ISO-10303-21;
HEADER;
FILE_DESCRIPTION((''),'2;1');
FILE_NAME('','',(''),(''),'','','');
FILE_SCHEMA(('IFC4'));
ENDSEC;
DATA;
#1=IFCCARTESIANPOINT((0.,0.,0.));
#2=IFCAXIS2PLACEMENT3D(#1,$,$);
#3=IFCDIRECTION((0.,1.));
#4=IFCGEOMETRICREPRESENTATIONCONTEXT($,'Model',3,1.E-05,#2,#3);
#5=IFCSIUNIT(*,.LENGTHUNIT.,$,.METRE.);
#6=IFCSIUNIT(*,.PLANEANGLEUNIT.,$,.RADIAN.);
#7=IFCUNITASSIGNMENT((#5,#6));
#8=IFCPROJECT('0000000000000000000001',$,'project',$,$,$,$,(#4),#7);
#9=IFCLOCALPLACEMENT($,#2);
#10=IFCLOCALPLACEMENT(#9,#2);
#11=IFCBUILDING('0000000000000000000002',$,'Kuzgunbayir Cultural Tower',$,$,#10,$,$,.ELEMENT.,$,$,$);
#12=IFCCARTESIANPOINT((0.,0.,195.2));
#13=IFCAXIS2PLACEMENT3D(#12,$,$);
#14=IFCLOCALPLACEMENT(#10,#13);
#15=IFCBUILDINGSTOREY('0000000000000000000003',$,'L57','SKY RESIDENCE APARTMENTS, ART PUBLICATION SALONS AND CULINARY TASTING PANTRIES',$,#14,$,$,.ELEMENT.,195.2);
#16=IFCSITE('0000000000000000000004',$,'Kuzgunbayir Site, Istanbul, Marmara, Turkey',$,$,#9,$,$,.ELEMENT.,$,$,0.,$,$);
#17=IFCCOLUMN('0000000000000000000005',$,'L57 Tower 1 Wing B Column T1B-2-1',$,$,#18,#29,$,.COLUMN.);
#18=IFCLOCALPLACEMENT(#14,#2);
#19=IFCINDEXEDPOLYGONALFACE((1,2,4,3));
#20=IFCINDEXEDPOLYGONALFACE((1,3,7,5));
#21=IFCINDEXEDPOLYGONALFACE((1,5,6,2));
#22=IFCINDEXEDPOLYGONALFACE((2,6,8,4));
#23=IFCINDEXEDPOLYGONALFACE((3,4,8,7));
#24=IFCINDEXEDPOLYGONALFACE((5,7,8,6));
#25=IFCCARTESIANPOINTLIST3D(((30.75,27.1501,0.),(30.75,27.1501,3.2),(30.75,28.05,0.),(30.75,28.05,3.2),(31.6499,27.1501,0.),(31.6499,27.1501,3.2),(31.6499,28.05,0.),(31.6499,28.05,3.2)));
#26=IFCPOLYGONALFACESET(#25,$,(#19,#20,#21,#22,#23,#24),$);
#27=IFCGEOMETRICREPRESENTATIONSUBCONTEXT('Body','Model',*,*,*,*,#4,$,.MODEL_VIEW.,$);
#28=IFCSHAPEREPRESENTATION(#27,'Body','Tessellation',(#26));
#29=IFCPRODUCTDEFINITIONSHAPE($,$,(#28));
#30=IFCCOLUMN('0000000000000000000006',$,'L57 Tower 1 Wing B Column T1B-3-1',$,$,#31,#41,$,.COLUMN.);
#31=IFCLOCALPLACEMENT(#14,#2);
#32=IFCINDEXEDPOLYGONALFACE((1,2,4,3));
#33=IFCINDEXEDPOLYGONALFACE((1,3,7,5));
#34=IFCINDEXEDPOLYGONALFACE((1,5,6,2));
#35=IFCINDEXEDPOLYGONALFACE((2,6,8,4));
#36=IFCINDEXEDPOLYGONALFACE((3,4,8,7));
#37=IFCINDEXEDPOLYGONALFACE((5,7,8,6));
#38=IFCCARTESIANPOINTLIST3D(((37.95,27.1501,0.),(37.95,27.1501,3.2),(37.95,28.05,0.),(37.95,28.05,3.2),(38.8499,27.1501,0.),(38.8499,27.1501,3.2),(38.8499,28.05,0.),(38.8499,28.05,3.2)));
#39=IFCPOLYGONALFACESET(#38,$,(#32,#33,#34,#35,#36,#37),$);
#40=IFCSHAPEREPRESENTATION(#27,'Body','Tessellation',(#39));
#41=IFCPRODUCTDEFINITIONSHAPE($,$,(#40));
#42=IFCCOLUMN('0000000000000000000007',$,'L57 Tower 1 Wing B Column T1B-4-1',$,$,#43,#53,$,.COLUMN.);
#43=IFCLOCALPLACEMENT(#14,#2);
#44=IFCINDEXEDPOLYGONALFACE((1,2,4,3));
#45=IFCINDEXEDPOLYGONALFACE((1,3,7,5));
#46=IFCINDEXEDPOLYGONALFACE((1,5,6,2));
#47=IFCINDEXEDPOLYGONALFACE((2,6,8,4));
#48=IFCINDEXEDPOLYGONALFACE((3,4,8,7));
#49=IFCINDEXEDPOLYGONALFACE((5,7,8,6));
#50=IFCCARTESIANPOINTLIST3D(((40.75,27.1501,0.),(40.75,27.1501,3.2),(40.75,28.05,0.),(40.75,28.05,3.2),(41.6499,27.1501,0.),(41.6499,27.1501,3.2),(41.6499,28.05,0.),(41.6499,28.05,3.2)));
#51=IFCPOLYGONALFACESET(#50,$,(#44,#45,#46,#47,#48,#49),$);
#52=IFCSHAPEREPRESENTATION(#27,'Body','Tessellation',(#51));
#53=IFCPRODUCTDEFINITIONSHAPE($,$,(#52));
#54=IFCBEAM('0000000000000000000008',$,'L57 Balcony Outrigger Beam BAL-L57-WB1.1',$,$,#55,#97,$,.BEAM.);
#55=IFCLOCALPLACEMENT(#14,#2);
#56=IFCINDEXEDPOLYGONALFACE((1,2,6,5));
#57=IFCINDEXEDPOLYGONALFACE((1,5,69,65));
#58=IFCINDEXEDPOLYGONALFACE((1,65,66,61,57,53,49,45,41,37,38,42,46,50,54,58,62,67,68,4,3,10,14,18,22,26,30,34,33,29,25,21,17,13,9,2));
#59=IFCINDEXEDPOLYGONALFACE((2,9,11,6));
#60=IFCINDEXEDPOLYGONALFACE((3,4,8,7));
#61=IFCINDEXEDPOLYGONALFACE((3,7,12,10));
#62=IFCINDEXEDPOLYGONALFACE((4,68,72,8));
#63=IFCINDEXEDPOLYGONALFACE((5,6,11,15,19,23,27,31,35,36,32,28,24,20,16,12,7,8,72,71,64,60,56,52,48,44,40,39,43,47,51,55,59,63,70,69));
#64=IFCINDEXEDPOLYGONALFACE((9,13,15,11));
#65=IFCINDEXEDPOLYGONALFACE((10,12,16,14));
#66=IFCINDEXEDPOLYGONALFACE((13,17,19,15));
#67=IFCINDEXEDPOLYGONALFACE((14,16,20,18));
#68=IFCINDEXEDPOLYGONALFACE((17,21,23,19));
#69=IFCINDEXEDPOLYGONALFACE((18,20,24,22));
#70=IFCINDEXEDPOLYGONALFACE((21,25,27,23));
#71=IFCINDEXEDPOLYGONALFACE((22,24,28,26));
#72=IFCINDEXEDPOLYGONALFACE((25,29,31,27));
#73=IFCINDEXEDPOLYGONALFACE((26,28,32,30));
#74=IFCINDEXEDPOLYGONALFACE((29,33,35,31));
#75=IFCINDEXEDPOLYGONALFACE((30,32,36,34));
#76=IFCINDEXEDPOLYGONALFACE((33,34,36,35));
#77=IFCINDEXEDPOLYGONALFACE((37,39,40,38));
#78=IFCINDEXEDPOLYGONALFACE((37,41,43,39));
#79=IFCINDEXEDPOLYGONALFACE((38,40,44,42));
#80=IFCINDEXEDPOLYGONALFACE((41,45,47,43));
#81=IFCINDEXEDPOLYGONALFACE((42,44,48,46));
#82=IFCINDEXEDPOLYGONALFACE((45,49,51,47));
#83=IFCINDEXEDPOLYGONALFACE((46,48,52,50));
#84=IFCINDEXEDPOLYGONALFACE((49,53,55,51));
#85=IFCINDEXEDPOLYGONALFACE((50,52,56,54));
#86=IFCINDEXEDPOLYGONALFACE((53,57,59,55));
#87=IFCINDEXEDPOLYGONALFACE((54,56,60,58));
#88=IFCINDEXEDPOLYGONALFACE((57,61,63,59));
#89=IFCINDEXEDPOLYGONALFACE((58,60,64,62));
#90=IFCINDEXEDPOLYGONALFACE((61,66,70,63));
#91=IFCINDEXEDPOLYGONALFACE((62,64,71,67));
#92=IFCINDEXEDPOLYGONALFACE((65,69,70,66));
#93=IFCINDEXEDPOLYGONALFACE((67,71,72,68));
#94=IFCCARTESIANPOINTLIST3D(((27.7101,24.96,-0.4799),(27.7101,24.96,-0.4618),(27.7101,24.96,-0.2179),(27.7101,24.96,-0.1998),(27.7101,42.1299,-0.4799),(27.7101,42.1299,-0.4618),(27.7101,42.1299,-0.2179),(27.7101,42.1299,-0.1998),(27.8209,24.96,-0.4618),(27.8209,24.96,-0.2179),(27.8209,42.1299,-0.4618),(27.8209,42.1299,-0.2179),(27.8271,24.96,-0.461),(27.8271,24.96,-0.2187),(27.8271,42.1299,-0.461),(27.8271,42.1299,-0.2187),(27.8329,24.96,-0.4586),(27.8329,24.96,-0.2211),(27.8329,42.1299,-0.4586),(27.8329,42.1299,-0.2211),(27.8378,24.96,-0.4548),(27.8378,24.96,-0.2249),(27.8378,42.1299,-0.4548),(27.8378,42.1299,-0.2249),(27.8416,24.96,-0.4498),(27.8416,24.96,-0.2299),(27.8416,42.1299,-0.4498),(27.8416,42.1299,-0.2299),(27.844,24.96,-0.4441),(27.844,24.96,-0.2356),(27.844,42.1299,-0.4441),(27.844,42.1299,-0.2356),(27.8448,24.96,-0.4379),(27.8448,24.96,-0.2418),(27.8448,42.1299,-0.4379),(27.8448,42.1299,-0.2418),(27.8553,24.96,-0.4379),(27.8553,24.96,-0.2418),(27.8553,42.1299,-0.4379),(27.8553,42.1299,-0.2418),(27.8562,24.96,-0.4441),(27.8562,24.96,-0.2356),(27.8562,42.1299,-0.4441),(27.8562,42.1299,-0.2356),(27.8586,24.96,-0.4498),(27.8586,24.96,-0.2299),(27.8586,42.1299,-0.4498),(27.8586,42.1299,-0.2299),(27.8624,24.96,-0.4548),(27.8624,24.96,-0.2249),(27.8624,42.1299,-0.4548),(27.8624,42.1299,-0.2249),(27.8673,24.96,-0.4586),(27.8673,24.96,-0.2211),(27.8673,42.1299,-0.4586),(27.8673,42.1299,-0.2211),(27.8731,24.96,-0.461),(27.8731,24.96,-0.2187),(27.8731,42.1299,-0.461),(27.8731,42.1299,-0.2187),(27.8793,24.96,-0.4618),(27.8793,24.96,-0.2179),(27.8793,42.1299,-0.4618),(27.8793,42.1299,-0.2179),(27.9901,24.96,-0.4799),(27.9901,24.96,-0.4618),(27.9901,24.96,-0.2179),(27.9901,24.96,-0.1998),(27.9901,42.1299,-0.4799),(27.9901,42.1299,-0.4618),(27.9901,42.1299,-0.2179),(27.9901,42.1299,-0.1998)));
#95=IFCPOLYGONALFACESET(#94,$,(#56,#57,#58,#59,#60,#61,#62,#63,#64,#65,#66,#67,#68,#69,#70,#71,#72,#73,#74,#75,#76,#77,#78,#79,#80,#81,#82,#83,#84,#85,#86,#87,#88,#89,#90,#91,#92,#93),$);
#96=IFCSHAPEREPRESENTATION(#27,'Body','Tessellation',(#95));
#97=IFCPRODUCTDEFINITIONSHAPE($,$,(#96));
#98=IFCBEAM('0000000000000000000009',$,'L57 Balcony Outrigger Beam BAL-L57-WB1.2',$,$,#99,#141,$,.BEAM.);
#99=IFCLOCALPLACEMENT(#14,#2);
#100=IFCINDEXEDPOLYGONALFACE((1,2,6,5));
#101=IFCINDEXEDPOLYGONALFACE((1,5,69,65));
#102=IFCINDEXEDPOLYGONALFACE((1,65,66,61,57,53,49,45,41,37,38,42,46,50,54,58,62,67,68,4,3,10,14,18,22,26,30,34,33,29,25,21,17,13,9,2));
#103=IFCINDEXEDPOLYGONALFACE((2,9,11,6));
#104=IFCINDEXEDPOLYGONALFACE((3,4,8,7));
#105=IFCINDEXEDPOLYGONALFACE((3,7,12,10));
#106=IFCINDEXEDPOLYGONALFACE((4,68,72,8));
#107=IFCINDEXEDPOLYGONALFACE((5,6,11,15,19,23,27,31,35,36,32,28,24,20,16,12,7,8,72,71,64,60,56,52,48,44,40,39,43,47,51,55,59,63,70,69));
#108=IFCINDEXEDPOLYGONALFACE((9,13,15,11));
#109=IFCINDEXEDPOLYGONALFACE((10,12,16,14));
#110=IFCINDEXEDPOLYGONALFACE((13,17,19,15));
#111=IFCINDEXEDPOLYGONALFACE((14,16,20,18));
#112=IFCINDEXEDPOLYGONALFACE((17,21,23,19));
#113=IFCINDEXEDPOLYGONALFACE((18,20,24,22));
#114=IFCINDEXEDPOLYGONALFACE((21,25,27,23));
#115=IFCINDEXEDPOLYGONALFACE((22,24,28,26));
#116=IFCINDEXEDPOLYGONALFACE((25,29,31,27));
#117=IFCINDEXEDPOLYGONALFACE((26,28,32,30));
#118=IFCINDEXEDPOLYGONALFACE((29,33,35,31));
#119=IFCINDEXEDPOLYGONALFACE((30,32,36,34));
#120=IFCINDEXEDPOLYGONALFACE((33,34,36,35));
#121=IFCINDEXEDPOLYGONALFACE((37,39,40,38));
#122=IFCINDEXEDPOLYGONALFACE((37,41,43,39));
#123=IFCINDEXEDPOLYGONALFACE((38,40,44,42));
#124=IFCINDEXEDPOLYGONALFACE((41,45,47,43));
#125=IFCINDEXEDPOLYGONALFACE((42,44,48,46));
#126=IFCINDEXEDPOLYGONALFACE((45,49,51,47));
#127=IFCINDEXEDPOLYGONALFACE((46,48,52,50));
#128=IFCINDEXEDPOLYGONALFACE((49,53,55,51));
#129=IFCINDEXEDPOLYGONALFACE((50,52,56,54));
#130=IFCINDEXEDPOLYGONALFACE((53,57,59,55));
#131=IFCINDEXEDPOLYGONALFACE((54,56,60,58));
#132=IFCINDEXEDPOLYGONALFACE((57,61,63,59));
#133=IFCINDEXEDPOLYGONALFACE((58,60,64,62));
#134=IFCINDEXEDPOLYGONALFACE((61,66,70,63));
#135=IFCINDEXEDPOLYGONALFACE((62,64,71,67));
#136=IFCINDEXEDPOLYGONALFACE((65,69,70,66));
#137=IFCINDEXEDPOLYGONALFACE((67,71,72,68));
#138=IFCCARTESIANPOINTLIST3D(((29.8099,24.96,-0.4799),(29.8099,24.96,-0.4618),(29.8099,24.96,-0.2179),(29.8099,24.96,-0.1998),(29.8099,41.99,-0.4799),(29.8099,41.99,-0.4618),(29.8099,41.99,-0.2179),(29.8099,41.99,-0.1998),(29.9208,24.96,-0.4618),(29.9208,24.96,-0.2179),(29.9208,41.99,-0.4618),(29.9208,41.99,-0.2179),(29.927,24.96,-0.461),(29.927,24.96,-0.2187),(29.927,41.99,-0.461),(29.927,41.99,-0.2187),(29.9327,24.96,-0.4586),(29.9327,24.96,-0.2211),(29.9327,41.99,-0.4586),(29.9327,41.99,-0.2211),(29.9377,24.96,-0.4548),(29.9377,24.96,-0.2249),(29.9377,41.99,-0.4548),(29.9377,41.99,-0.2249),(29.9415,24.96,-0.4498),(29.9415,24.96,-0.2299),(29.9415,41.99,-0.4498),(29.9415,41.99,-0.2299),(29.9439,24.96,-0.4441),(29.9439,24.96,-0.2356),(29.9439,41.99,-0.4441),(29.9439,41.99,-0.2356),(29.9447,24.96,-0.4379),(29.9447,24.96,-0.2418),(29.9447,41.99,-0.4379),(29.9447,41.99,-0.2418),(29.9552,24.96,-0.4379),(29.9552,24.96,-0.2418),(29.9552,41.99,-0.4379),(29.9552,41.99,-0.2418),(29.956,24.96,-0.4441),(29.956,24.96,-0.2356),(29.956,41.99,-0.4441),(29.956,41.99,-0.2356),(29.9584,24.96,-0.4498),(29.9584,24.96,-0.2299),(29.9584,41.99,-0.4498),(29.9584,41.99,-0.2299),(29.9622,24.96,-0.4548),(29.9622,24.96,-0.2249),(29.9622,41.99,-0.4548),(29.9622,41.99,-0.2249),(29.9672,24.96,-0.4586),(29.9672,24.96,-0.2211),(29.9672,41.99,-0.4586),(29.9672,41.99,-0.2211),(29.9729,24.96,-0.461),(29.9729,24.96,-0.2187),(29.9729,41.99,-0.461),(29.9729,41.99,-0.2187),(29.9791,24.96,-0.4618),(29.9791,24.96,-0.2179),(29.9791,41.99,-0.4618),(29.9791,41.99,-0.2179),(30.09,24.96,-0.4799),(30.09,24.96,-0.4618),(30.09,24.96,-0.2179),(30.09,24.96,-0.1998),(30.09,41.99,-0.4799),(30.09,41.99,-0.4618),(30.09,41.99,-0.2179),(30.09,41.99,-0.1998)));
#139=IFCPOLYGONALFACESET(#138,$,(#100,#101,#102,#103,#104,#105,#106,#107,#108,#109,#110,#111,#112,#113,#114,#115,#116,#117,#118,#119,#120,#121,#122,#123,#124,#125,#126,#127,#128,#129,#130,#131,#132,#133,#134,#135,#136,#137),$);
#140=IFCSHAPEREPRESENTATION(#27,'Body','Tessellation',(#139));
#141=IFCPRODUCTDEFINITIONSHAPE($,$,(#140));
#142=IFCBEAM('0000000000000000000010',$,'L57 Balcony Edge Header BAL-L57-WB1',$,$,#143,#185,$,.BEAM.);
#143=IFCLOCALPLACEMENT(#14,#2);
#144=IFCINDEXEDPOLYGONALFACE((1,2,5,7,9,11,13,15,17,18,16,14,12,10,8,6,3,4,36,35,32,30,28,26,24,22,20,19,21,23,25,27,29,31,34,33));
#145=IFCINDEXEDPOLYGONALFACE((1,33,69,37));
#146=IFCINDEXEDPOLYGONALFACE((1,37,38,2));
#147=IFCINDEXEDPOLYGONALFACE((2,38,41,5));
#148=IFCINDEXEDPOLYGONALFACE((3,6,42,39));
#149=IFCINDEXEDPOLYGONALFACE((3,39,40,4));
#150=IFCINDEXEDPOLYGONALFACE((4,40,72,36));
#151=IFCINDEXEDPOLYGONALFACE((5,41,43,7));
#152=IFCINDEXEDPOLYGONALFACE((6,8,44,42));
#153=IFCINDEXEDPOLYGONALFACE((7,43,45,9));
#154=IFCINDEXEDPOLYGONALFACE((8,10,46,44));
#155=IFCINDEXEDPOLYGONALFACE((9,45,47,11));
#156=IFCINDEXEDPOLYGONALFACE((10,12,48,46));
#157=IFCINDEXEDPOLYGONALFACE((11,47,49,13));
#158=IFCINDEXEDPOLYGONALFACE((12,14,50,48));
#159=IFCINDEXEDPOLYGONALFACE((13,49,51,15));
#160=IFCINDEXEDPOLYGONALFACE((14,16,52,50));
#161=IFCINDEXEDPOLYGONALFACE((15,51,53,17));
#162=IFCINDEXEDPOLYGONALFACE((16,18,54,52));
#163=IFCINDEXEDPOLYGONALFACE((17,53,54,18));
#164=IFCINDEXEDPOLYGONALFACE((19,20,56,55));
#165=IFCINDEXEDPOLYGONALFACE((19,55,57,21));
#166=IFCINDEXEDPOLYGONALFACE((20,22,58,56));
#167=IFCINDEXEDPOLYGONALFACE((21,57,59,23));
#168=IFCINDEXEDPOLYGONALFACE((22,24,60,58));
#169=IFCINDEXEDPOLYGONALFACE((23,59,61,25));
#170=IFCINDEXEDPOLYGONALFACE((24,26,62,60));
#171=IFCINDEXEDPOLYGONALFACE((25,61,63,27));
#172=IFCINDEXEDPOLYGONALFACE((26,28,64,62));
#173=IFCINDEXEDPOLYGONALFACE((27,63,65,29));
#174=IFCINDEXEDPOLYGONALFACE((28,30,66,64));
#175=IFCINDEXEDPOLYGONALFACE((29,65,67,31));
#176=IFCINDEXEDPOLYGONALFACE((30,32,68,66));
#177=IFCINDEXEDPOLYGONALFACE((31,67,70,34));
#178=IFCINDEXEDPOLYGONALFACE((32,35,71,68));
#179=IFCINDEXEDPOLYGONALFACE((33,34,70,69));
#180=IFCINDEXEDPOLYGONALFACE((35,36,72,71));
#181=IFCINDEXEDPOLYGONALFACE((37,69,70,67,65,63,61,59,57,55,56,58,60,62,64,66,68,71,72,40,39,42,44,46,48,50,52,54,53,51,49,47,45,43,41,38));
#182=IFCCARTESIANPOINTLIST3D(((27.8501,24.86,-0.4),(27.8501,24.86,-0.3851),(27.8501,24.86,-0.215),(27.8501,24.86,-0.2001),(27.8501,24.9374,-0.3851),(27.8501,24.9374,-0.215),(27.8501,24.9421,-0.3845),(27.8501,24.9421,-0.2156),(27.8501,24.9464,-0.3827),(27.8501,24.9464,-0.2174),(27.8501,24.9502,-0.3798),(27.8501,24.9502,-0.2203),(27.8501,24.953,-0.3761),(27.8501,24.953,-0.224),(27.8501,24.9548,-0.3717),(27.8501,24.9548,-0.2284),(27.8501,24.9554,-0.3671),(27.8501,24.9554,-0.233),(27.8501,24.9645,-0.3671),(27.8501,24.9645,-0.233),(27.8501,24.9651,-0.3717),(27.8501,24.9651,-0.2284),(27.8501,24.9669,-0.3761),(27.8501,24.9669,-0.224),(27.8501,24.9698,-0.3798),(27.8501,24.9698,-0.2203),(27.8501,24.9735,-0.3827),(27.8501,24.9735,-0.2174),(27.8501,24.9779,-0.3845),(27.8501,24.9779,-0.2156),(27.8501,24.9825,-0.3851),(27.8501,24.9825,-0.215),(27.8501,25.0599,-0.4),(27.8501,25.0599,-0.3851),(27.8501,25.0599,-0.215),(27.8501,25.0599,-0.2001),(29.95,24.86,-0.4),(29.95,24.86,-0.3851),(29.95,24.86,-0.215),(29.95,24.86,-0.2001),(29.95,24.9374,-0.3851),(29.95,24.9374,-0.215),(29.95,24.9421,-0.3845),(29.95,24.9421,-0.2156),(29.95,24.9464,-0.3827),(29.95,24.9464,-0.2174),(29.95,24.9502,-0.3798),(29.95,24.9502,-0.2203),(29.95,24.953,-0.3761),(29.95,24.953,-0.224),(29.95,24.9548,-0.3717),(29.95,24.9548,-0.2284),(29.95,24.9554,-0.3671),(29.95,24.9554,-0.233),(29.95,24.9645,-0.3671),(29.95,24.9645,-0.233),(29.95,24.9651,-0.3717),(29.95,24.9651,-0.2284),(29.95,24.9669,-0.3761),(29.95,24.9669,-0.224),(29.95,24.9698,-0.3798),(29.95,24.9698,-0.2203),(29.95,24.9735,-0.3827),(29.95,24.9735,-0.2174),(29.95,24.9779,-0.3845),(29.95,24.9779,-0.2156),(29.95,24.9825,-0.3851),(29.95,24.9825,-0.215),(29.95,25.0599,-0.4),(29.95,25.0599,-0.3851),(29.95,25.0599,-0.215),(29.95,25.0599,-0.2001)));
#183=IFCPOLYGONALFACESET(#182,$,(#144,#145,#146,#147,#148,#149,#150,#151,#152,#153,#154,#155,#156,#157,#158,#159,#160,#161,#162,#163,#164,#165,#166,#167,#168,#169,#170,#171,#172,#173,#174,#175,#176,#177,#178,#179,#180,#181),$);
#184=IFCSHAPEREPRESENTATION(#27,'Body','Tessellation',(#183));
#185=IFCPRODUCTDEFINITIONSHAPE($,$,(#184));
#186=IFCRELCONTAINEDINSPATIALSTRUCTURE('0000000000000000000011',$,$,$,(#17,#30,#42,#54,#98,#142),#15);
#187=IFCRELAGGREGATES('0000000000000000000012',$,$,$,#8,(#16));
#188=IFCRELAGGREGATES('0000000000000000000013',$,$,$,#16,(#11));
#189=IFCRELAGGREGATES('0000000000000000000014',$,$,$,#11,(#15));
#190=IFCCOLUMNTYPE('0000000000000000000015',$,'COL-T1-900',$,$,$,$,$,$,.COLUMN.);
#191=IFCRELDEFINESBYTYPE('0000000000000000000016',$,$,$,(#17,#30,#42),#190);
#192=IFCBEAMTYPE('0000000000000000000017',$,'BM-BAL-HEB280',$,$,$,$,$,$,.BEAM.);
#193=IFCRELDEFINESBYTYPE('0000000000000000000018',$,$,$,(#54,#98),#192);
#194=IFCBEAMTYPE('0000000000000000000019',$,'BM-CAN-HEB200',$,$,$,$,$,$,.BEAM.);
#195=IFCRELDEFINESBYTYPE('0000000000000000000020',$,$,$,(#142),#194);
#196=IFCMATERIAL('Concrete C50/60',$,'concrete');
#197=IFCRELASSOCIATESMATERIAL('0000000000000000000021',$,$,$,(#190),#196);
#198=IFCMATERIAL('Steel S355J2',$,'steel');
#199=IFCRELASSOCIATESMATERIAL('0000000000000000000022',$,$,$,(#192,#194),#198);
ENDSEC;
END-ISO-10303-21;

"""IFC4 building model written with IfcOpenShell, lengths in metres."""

from ifc_helpers import new_model, si_unit, direction, frame, origin, origin_2d, place, context, subcontext, project, spatial, rectangle, i_section, extrude, material, material_profile, profile_set, type_object, element, save


model = new_model("IFC4")

# Units and contexts
model_context = context("Model", 3, precision=1e-05, world=origin(), true_north=direction((0.0, 1.0)))
body_context = subcontext(model_context, "Body", "Model", "MODEL_VIEW")
ifc_project = project(units=[si_unit("LENGTHUNIT", "METRE"), si_unit("PLANEANGLEUNIT", "RADIAN")], contexts=[model_context])

# Site, building, storey
site_placement = place(None, origin())
site = spatial("IfcSite", under=ifc_project, at=site_placement, Name="Kuzgunbayir Site, Istanbul, Marmara, Turkey", CompositionType="ELEMENT", RefElevation=0.0)
building_placement = place(site_placement, origin())
building = spatial("IfcBuilding", under=site, at=building_placement, Name="Kuzgunbayir Cultural Tower", CompositionType="ELEMENT")
storey_placement = place(building_placement, frame((0.0, 0.0, 195.2)))
storey = spatial("IfcBuildingStorey", under=building, at=storey_placement, Name="L57", Description="SKY RESIDENCE APARTMENTS, ART PUBLICATION SALONS AND CULINARY TASTING PANTRIES", CompositionType="ELEMENT", Elevation=195.2)

# Columns
ifc_material_1 = material(Name="Concrete C50/60", Category="concrete")
ifc_material_profile_1 = material_profile(ifc_material_1, rectangle(XDim=0.8999, YDim=0.8999, at=origin_2d()), Name="RC 900x900")
ifc_profile_set_1 = profile_set([ifc_material_profile_1], Name="Concrete C50/60")
column_type = type_object("IfcColumnType", Name="COL-T1-900", PredefinedType="COLUMN", material=ifc_profile_set_1)
for number, where, z_axis, x_axis, name in (
    (1, (31.2, 27.6001, 0.0), (0.0, 0.0, 1.0), (1.0, 0.0, 0.0), "L57 Tower 1 Wing B Column T1B-2-1"),
    (2, (38.3999, 27.6001, 0.0), (0.0, 0.0, 1.0), (1.0, 0.0, 0.0), "L57 Tower 1 Wing B Column T1B-3-1"),
    (3, (41.2, 27.6001, 0.0), (0.0, 0.0, 1.0), (1.0, 0.0, 0.0), "L57 Tower 1 Wing B Column T1B-4-1"),
):
    element("IfcColumn", number, at=place(storey_placement, frame(where, z_axis=z_axis, x_axis=x_axis)), inside=storey, type_object=column_type, Name=name, PredefinedType="COLUMN", context=body_context, shape_type="SweptSolid", body=[
        extrude(rectangle(XDim=0.8999, YDim=0.8999, at=origin_2d()), origin(), (0.0, 0.0, 1.0), 3.2),
    ])

# Beams
ifc_material_2 = material(Name="Steel S355J2", Category="steel")
ifc_material_profile_2 = material_profile(ifc_material_2, i_section(OverallWidth=0.28, OverallDepth=0.28, WebThickness=0.0105, FlangeThickness=0.0181, FilletRadius=0.0239, at=origin_2d()), Name="HEB 280")
ifc_profile_set_2 = profile_set([ifc_material_profile_2], Name="Steel S355J2")
beam_type_1 = type_object("IfcBeamType", Name="BM-BAL-HEB280", PredefinedType="BEAM", material=ifc_profile_set_2)
beam_1_placement = place(storey_placement, frame((27.8501, 24.96, -0.3398), z_axis=(0.0, 1.0, 0.0), x_axis=(-1.0, 0.0, 0.0)))
element("IfcBeam", 4, at=beam_1_placement, inside=storey, type_object=beam_type_1, Name="L57 Balcony Outrigger Beam BAL-L57-WB1.1", PredefinedType="BEAM", context=body_context, shape_type="SweptSolid", body=[
    extrude(i_section(OverallWidth=0.28, OverallDepth=0.28, WebThickness=0.0105, FlangeThickness=0.0181, FilletRadius=0.0239, at=origin_2d()), origin(), (0.0, 0.0, 1.0), 17.1699),
])
beam_2_placement = place(storey_placement, frame((29.95, 24.96, -0.3398), z_axis=(0.0, 1.0, 0.0), x_axis=(-1.0, 0.0, 0.0)))
element("IfcBeam", 5, at=beam_2_placement, inside=storey, type_object=beam_type_1, Name="L57 Balcony Outrigger Beam BAL-L57-WB1.2", PredefinedType="BEAM", context=body_context, shape_type="SweptSolid", body=[
    extrude(i_section(OverallWidth=0.28, OverallDepth=0.28, WebThickness=0.0105, FlangeThickness=0.0181, FilletRadius=0.0239, at=origin_2d()), origin(), (0.0, 0.0, 1.0), 17.03),
])
ifc_material_profile_3 = material_profile(ifc_material_2, i_section(OverallWidth=0.2, OverallDepth=0.2, WebThickness=0.009, FlangeThickness=0.0149, FilletRadius=0.0181, at=origin_2d()), Name="HEB 200")
ifc_profile_set_3 = profile_set([ifc_material_profile_3], Name="Steel S355J2")
beam_type_2 = type_object("IfcBeamType", Name="BM-CAN-HEB200", PredefinedType="BEAM", material=ifc_profile_set_3)
beam_3_placement = place(storey_placement, frame((27.8501, 24.96, -0.3), z_axis=(1.0, 0.0, 0.0), x_axis=(0.0, 1.0, 0.0)))
element("IfcBeam", 6, at=beam_3_placement, inside=storey, type_object=beam_type_2, Name="L57 Balcony Edge Header BAL-L57-WB1", PredefinedType="BEAM", context=body_context, shape_type="SweptSolid", body=[
    extrude(i_section(OverallWidth=0.2, OverallDepth=0.2, WebThickness=0.009, FlangeThickness=0.0149, FilletRadius=0.0181, at=origin_2d()), origin(), (0.0, 0.0, 1.0), 2.0999),
])

save(model, "model.ifc")
